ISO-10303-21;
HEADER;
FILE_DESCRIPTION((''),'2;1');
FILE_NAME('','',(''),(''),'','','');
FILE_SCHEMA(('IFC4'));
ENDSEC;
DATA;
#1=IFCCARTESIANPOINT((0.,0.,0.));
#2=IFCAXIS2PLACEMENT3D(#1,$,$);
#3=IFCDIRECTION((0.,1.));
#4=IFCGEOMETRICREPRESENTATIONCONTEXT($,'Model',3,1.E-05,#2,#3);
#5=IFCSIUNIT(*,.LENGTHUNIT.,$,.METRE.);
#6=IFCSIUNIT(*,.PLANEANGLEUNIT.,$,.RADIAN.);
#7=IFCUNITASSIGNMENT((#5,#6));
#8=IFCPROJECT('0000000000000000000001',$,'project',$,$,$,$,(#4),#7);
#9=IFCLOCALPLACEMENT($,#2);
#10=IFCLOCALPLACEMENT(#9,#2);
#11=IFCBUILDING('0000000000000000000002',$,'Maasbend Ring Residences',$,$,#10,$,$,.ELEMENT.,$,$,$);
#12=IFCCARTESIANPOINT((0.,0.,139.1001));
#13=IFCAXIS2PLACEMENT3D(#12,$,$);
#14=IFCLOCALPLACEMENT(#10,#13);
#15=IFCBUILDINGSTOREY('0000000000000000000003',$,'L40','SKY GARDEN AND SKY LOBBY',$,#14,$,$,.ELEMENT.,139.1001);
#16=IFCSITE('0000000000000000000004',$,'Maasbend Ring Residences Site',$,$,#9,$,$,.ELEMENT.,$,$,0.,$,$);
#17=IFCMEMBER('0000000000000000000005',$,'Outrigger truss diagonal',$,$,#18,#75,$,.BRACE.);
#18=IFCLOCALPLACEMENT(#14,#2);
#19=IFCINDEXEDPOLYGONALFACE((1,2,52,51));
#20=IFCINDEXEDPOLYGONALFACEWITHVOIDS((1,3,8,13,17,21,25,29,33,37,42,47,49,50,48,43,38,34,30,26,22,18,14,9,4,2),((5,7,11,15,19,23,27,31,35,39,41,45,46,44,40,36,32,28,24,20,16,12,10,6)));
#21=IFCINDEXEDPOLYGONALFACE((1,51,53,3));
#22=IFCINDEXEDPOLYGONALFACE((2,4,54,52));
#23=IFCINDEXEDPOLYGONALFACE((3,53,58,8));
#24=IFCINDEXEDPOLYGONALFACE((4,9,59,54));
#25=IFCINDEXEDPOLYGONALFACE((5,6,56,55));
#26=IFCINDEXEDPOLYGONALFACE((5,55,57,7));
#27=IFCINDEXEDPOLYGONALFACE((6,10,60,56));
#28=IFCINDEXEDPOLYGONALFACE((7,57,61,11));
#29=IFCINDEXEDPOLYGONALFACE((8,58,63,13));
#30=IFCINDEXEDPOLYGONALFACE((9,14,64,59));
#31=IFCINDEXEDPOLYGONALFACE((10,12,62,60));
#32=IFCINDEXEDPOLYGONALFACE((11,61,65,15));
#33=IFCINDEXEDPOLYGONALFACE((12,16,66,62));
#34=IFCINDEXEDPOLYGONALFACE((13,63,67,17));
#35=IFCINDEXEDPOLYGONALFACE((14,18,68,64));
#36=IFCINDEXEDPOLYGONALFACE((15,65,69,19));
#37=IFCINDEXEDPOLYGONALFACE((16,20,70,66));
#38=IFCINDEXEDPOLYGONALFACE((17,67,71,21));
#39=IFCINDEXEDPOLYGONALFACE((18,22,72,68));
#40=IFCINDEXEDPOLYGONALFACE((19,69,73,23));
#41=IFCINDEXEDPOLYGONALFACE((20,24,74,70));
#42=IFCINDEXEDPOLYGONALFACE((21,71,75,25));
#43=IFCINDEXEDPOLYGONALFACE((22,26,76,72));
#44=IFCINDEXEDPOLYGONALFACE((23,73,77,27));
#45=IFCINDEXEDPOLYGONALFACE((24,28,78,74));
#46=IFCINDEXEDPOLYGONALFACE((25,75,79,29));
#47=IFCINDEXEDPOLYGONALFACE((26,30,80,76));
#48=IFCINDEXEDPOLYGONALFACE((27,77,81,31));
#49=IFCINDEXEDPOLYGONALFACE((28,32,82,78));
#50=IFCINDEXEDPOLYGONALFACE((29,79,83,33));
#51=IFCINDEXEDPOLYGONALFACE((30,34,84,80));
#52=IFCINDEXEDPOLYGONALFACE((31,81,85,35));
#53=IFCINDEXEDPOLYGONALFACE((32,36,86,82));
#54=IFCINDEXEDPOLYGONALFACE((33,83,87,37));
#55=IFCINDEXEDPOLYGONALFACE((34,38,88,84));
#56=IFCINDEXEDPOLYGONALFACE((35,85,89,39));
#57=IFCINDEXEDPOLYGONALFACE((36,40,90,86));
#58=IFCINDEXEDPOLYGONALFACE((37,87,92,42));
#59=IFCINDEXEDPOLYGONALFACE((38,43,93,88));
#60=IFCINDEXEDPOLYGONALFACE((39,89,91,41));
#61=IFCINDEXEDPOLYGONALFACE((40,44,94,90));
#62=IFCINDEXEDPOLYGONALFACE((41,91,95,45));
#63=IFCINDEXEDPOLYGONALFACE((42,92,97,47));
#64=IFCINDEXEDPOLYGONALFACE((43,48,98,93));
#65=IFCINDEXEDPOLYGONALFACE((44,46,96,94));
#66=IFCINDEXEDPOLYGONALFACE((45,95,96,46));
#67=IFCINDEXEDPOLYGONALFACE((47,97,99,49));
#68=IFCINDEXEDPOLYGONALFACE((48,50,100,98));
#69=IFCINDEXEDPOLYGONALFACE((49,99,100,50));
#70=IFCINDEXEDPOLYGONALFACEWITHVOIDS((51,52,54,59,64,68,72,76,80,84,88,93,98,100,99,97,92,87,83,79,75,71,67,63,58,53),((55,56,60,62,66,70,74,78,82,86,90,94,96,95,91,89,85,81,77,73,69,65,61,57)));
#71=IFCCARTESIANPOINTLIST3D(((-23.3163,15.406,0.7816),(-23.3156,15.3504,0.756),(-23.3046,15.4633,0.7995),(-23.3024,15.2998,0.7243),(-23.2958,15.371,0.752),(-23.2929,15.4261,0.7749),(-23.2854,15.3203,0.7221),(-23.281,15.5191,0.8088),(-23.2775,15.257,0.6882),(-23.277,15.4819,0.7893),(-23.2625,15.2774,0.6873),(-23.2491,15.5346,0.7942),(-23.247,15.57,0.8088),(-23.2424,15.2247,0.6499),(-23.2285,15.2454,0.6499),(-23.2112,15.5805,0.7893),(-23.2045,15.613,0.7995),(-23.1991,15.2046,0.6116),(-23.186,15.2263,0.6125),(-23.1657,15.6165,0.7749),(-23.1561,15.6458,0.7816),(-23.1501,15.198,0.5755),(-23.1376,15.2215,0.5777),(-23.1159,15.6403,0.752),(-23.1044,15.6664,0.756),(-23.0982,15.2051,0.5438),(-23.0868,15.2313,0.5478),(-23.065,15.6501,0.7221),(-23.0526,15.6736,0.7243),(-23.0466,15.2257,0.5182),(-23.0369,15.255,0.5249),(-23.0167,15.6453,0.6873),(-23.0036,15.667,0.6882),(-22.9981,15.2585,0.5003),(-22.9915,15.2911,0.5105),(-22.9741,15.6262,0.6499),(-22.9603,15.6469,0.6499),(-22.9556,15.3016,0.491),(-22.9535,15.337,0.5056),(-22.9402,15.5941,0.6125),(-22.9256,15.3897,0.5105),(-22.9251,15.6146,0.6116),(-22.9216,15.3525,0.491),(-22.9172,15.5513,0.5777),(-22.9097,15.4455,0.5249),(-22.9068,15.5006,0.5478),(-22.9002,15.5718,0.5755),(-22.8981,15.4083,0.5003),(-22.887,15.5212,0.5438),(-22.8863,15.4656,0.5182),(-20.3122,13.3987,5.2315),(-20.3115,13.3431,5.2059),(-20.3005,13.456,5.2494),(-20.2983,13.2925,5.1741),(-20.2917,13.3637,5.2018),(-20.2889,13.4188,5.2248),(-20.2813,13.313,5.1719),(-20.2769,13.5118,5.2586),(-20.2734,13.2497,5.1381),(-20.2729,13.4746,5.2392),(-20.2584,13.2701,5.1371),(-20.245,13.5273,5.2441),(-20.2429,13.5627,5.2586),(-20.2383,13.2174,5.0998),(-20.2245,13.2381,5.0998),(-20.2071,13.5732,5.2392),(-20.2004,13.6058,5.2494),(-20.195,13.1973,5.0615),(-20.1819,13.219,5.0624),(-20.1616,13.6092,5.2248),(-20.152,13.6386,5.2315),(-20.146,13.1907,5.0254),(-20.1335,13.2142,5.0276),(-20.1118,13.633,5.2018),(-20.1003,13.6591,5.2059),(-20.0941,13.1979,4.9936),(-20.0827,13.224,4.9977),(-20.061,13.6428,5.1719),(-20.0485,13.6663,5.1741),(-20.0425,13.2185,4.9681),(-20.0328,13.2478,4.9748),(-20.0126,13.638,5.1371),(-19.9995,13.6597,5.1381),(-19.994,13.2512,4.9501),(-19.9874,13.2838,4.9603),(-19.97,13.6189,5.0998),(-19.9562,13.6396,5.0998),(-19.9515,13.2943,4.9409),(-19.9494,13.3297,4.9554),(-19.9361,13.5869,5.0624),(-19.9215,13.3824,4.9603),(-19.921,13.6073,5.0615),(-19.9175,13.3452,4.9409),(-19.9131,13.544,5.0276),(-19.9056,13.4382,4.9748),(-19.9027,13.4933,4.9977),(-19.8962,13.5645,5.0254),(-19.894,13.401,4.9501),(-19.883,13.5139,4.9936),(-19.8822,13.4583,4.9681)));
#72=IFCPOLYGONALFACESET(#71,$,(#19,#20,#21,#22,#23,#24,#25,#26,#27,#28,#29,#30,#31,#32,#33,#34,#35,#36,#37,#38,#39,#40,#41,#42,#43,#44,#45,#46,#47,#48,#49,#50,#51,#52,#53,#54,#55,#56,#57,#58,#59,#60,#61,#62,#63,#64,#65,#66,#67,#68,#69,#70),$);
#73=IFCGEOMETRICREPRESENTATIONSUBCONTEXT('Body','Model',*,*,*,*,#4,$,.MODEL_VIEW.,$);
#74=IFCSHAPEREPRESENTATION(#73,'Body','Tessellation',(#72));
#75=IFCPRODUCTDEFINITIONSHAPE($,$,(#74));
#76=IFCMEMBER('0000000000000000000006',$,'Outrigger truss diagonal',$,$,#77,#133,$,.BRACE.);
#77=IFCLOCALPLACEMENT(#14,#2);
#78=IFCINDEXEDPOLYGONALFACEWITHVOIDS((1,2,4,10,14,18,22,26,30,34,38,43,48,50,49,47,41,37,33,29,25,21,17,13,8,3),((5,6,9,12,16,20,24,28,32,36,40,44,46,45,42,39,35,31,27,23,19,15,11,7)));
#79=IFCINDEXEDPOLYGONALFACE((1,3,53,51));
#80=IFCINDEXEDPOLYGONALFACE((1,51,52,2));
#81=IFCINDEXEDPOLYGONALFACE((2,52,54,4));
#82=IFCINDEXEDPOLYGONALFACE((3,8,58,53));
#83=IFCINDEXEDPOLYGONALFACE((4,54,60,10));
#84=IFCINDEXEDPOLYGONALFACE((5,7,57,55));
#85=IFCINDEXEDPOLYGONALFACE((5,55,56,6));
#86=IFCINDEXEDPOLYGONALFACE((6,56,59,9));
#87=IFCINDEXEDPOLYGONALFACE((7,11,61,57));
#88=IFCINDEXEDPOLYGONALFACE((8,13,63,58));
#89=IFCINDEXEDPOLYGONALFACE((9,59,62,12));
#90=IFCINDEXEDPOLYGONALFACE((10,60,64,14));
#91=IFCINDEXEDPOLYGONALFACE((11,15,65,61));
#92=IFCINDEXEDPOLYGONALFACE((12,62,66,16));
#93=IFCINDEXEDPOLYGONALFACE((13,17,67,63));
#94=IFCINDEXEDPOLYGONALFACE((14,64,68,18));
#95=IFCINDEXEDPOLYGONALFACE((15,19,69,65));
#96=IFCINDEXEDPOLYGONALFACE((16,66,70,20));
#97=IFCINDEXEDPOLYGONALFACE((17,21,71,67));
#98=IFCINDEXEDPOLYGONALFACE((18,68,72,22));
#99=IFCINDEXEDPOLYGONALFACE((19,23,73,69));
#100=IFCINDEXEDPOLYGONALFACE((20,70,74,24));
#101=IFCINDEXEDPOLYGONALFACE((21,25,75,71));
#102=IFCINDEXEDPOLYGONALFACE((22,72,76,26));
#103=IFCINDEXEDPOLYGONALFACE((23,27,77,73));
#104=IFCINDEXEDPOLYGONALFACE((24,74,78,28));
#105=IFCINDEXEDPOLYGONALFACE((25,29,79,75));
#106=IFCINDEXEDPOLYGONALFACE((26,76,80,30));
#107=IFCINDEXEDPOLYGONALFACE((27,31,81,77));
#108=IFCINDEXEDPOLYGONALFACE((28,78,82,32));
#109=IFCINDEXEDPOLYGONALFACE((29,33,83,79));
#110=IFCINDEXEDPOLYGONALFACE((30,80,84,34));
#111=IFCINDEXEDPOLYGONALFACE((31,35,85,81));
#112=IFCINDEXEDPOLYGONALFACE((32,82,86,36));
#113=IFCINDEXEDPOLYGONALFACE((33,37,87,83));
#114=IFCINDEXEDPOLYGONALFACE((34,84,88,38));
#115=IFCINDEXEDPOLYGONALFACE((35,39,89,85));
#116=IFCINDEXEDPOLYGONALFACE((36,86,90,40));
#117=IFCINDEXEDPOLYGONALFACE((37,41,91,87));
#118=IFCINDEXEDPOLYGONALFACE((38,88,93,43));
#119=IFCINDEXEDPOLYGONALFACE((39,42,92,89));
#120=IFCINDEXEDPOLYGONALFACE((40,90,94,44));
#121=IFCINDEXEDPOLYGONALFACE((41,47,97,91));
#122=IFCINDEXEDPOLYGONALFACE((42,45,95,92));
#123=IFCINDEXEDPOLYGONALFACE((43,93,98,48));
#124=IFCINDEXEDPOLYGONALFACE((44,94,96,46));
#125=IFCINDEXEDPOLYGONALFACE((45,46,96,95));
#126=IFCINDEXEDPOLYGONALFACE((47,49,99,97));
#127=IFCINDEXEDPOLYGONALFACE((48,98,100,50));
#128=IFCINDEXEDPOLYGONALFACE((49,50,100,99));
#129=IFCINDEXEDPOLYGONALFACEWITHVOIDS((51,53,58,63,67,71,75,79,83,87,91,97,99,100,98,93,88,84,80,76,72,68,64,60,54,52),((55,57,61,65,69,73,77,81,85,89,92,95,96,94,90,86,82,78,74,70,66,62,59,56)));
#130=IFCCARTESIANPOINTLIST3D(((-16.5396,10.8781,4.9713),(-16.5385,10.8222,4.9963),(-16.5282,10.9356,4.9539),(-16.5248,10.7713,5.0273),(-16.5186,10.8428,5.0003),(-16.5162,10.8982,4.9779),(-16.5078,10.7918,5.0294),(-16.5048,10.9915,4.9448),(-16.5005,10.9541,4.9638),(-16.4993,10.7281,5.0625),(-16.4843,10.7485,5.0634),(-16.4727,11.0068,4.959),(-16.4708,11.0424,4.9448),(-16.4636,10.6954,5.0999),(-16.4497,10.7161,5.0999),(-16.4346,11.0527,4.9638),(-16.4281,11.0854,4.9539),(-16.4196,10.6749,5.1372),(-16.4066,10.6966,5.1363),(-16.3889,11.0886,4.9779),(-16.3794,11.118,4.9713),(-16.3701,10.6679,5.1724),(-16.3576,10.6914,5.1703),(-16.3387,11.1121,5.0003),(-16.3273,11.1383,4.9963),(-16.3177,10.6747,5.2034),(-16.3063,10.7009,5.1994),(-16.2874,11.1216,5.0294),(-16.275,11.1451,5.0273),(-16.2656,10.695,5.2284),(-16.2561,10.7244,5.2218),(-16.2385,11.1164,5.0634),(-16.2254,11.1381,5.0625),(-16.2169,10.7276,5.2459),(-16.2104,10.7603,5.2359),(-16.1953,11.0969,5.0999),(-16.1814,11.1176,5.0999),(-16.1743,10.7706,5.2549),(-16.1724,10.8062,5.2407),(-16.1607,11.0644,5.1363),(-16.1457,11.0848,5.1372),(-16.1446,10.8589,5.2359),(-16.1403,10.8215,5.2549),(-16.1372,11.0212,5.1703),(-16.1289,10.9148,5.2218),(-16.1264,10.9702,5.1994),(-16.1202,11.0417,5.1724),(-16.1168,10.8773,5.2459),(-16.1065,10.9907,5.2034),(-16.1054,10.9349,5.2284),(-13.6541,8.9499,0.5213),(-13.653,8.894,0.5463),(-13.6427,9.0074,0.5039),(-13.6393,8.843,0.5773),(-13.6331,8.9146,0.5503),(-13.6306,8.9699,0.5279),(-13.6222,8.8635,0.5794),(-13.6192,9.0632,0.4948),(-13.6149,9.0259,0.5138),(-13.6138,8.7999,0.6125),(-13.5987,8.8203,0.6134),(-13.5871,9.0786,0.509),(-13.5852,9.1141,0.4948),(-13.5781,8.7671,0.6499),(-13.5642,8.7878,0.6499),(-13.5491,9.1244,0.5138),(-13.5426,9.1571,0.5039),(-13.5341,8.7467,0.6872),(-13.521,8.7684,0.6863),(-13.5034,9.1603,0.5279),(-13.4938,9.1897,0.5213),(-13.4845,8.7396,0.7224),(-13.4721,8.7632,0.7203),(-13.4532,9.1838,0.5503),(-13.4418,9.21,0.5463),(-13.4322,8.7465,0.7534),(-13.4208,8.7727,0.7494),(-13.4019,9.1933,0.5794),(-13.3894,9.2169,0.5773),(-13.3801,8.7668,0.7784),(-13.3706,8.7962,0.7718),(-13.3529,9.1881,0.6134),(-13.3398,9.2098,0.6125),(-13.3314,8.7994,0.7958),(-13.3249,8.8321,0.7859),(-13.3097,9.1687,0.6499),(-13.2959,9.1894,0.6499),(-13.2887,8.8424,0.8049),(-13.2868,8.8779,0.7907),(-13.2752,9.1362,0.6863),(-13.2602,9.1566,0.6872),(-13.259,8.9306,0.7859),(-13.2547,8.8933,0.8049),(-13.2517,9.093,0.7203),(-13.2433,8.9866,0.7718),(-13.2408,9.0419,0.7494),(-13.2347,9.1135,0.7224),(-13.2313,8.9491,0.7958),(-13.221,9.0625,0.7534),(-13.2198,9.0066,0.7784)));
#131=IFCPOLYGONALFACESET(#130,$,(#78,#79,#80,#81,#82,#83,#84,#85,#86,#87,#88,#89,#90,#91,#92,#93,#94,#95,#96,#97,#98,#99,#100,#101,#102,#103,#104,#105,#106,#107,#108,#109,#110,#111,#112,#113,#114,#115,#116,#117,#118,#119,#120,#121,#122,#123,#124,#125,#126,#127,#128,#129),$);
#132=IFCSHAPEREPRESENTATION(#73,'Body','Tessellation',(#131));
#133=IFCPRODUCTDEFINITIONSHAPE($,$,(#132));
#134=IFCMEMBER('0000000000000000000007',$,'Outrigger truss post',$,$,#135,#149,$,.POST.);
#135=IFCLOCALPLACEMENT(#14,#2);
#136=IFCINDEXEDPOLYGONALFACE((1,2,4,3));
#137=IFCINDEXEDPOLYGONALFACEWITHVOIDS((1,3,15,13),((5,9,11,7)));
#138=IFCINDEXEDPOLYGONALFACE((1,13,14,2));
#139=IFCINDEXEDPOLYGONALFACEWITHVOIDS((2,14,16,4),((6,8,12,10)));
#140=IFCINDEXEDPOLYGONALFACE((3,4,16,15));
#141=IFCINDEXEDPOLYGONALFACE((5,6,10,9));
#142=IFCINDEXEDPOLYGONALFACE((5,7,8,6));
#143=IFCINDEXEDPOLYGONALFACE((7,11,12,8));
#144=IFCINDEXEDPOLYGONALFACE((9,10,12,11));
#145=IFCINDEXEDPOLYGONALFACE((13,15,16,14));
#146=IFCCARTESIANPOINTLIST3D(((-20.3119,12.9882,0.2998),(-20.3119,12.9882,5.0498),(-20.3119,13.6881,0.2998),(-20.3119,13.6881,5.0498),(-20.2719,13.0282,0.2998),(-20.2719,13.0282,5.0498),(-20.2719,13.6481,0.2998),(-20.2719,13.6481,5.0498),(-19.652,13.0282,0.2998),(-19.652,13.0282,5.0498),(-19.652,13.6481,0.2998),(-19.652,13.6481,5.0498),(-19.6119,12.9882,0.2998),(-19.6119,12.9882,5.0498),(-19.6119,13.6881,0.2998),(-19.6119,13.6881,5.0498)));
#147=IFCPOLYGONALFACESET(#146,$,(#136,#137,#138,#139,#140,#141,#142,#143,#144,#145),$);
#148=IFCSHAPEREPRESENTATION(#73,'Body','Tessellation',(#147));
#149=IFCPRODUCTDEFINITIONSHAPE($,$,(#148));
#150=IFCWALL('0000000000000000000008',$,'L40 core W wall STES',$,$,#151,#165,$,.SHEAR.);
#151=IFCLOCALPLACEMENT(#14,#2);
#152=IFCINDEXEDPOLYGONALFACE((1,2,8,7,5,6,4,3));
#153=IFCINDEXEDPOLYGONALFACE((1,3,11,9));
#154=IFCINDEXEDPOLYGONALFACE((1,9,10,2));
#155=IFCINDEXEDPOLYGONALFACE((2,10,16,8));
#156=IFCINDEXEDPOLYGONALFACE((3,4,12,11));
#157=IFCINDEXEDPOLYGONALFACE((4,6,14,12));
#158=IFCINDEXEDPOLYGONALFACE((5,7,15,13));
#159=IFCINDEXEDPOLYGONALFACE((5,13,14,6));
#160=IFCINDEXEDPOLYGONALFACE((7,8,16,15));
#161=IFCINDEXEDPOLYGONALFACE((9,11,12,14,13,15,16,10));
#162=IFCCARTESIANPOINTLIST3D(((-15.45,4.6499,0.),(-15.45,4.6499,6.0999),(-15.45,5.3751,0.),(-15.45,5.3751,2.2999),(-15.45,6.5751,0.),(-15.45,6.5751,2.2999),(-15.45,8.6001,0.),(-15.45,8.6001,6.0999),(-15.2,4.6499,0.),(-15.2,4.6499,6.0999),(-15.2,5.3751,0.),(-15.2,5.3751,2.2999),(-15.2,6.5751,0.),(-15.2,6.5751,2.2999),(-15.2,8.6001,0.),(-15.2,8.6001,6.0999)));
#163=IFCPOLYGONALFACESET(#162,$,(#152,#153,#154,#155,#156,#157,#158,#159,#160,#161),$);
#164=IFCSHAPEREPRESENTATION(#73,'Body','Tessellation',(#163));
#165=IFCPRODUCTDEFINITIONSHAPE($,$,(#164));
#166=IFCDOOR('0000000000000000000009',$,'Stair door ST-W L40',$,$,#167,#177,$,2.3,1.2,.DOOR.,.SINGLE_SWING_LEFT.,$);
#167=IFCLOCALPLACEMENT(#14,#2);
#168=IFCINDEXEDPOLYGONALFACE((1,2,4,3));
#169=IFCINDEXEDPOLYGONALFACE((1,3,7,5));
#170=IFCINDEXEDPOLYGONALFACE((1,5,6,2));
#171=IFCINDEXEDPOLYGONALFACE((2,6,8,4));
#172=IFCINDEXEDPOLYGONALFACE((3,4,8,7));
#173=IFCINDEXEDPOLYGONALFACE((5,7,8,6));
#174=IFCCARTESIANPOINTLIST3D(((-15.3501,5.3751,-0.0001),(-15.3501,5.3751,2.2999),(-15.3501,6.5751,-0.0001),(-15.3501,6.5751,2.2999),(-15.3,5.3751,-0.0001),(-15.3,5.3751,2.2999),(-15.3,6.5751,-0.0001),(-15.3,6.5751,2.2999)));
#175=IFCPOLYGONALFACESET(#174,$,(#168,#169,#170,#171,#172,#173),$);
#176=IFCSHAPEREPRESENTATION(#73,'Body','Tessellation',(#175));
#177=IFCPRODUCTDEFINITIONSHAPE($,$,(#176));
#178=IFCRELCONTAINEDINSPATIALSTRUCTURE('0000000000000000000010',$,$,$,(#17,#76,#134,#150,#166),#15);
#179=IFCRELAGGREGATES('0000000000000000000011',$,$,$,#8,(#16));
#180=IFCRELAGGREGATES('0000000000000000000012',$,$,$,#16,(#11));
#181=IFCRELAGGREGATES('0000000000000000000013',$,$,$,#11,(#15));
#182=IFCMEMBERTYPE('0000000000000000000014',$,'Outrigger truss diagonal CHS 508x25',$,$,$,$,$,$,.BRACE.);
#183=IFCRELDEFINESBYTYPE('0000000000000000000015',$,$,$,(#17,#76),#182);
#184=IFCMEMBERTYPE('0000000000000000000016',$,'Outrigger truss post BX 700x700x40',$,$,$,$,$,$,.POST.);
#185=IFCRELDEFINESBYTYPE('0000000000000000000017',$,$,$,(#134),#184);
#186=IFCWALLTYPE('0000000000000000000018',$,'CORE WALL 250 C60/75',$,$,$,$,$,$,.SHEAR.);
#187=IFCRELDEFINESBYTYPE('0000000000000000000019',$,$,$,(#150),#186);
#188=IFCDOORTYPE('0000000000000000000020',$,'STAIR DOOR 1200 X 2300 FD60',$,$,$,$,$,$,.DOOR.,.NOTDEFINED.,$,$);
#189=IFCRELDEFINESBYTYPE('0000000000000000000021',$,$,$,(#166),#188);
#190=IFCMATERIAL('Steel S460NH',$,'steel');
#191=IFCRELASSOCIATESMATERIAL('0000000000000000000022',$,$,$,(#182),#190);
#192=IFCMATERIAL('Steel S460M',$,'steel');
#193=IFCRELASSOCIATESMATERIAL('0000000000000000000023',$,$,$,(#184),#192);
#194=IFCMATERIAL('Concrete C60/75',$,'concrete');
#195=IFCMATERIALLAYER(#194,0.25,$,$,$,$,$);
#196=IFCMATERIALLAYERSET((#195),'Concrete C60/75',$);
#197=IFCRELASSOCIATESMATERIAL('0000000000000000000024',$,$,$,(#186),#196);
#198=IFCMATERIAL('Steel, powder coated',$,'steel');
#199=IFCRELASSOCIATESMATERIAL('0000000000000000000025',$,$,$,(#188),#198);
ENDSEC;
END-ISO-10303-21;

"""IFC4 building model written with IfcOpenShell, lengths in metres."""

from ifc_helpers import new_model, si_unit, direction, frame, frame_2d, origin, origin_2d, place, context, subcontext, project, spatial, rectangle, hollow_rectangle, hollow_circle, extrude, material, layer, layer_set, material_profile, profile_set, type_object, element, fill, save


model = new_model("IFC4")

# Units and contexts
model_context = context("Model", 3, precision=1e-05, world=origin(), true_north=direction((0.0, 1.0)))
body_context = subcontext(model_context, "Body", "Model", "MODEL_VIEW")
ifc_project = project(units=[si_unit("LENGTHUNIT", "METRE"), si_unit("PLANEANGLEUNIT", "RADIAN")], contexts=[model_context])

# Site, building, storey
site_placement = place(None, origin())
site = spatial("IfcSite", under=ifc_project, at=site_placement, Name="Maasbend Ring Residences Site", CompositionType="ELEMENT", RefElevation=0.0)
building_placement = place(site_placement, origin())
building = spatial("IfcBuilding", under=site, at=building_placement, Name="Maasbend Ring Residences", CompositionType="ELEMENT")
storey_placement = place(building_placement, frame((0.0, 0.0, 139.1001)))
storey = spatial("IfcBuildingStorey", under=building, at=storey_placement, Name="L40", Description="SKY GARDEN AND SKY LOBBY", CompositionType="ELEMENT", Elevation=139.1001)

# Members
ifc_material_1 = material(Name="Steel S460NH", Category="steel")
ifc_material_profile_1 = material_profile(ifc_material_1, hollow_circle(Radius=0.2539, WallThickness=0.0249, at=origin_2d()), Name="Outrigger truss diagonal CHS 508x25")
ifc_profile_set_1 = profile_set([ifc_material_profile_1], Name="Steel S460NH")
member_type_1 = type_object("IfcMemberType", Name="Outrigger truss diagonal CHS 508x25", PredefinedType="BRACE", material=ifc_profile_set_1)
member_1_placement = place(storey_placement, frame((-23.1013, 15.4358, 0.6499), z_axis=(0.524098, -0.350193, 0.776329), x_axis=(0.555573, 0.831468, 0.0)))
element("IfcMember", 1, at=member_1_placement, inside=storey, type_object=member_type_1, Name="Outrigger truss diagonal", PredefinedType="BRACE", context=body_context, shape_type="SweptSolid", body=[
    extrude(hollow_circle(Radius=0.2539, WallThickness=0.0249, at=origin_2d()), origin(), (0.0, 0.0, 1.0), 5.7319),
])
member_2_placement = place(storey_placement, frame((-16.3225, 10.9065, 5.0999), z_axis=(0.511319, -0.341687, -0.788545), x_axis=(0.555609, 0.831444, 0.0)))
element("IfcMember", 2, at=member_2_placement, inside=storey, type_object=member_type_1, Name="Outrigger truss diagonal", PredefinedType="BRACE", context=body_context, shape_type="SweptSolid", body=[
    extrude(hollow_circle(Radius=0.2539, WallThickness=0.0249, at=origin_2d()), origin(), (0.0, 0.0, 1.0), 5.6433),
])
ifc_material_2 = material(Name="Steel S460M", Category="steel")
ifc_material_profile_2 = material_profile(ifc_material_2, hollow_rectangle(XDim=0.7, YDim=0.7, WallThickness=0.04, at=origin_2d()), Name="Outrigger truss post BX 700x700x40")
ifc_profile_set_2 = profile_set([ifc_material_profile_2], Name="Steel S460M")
member_type_2 = type_object("IfcMemberType", Name="Outrigger truss post BX 700x700x40", PredefinedType="POST", material=ifc_profile_set_2)
member_3_placement = place(storey_placement, frame((-19.9619, 13.3381, 0.2998), z_axis=(0.0, 0.0, 1.0), x_axis=(1.0, 0.0, 0.0)))
element("IfcMember", 3, at=member_3_placement, inside=storey, type_object=member_type_2, Name="Outrigger truss post", PredefinedType="POST", context=body_context, shape_type="SweptSolid", body=[
    extrude(hollow_rectangle(XDim=0.7, YDim=0.7, WallThickness=0.04, at=origin_2d()), origin(), (0.0, 0.0, 1.0), 4.75),
])

# Wall, opening, door
ifc_material_3 = material(Name="Concrete C60/75", Category="concrete")
ifc_layer_1 = layer(ifc_material_3, 0.25)
ifc_layer_set_1 = layer_set([ifc_layer_1], Name="Concrete C60/75")
wall_type_1 = type_object("IfcWallType", Name="CORE WALL 250 C60/75", PredefinedType="SHEAR", material=ifc_layer_set_1)
wall_1_placement = place(storey_placement, frame((-15.325, 8.6001, 0.0), z_axis=(0.0, 0.0, 1.0), x_axis=(0.0, -1.0, 0.0)))
wall_1 = element("IfcWall", 4, at=wall_1_placement, inside=storey, type_object=wall_type_1, Name="L40 core W wall STES", PredefinedType="SHEAR", context=body_context, shape_type="SweptSolid", body=[
    extrude(rectangle(XDim=3.9502, YDim=0.25, at=frame_2d((1.9751, 0.0))), origin(), (0.0, 0.0, 1.0), 6.0999),
])
opening_1_placement = place(wall_1_placement, frame((2.0249, 0.0, 0.0)))
opening_1 = element("IfcOpeningElement", 5, at=opening_1_placement, cuts=wall_1, PredefinedType="OPENING", context=body_context, shape_type="SweptSolid", body=[
    extrude(rectangle(XDim=1.2, YDim=2.3, at=frame_2d((0.6001, 1.1499))), frame((0.0, 0.135, 0.0), z_axis=(0.0, -1.0, 0.0), x_axis=(1.0, 0.0, 0.0)), (0.0, 0.0, 1.0), 0.27),
])
ifc_material_4 = material(Name="Steel, powder coated", Category="steel")
door_type_1 = type_object("IfcDoorType", Name="STAIR DOOR 1200 X 2300 FD60", OperationType="NOTDEFINED", PredefinedType="DOOR", material=ifc_material_4)
door_1_placement = place(opening_1_placement, origin())
door_1 = element("IfcDoor", 6, at=door_1_placement, inside=storey, type_object=door_type_1, Name="Stair door ST-W L40", OperationType="SINGLE_SWING_LEFT", OverallHeight=2.3, OverallWidth=1.2, PredefinedType="DOOR", context=body_context, shape_type="SweptSolid", body=[
    extrude(rectangle(XDim=1.2, YDim=2.3, at=frame_2d((0.6001, 1.1499))), frame((0.0, 0.0249, 0.0), z_axis=(0.0, -1.0, 0.0), x_axis=(1.0, 0.0, 0.0)), (0.0, 0.0, 1.0), 0.05),
])
fill(opening_1, door_1)

save(model, "model.ifc")
